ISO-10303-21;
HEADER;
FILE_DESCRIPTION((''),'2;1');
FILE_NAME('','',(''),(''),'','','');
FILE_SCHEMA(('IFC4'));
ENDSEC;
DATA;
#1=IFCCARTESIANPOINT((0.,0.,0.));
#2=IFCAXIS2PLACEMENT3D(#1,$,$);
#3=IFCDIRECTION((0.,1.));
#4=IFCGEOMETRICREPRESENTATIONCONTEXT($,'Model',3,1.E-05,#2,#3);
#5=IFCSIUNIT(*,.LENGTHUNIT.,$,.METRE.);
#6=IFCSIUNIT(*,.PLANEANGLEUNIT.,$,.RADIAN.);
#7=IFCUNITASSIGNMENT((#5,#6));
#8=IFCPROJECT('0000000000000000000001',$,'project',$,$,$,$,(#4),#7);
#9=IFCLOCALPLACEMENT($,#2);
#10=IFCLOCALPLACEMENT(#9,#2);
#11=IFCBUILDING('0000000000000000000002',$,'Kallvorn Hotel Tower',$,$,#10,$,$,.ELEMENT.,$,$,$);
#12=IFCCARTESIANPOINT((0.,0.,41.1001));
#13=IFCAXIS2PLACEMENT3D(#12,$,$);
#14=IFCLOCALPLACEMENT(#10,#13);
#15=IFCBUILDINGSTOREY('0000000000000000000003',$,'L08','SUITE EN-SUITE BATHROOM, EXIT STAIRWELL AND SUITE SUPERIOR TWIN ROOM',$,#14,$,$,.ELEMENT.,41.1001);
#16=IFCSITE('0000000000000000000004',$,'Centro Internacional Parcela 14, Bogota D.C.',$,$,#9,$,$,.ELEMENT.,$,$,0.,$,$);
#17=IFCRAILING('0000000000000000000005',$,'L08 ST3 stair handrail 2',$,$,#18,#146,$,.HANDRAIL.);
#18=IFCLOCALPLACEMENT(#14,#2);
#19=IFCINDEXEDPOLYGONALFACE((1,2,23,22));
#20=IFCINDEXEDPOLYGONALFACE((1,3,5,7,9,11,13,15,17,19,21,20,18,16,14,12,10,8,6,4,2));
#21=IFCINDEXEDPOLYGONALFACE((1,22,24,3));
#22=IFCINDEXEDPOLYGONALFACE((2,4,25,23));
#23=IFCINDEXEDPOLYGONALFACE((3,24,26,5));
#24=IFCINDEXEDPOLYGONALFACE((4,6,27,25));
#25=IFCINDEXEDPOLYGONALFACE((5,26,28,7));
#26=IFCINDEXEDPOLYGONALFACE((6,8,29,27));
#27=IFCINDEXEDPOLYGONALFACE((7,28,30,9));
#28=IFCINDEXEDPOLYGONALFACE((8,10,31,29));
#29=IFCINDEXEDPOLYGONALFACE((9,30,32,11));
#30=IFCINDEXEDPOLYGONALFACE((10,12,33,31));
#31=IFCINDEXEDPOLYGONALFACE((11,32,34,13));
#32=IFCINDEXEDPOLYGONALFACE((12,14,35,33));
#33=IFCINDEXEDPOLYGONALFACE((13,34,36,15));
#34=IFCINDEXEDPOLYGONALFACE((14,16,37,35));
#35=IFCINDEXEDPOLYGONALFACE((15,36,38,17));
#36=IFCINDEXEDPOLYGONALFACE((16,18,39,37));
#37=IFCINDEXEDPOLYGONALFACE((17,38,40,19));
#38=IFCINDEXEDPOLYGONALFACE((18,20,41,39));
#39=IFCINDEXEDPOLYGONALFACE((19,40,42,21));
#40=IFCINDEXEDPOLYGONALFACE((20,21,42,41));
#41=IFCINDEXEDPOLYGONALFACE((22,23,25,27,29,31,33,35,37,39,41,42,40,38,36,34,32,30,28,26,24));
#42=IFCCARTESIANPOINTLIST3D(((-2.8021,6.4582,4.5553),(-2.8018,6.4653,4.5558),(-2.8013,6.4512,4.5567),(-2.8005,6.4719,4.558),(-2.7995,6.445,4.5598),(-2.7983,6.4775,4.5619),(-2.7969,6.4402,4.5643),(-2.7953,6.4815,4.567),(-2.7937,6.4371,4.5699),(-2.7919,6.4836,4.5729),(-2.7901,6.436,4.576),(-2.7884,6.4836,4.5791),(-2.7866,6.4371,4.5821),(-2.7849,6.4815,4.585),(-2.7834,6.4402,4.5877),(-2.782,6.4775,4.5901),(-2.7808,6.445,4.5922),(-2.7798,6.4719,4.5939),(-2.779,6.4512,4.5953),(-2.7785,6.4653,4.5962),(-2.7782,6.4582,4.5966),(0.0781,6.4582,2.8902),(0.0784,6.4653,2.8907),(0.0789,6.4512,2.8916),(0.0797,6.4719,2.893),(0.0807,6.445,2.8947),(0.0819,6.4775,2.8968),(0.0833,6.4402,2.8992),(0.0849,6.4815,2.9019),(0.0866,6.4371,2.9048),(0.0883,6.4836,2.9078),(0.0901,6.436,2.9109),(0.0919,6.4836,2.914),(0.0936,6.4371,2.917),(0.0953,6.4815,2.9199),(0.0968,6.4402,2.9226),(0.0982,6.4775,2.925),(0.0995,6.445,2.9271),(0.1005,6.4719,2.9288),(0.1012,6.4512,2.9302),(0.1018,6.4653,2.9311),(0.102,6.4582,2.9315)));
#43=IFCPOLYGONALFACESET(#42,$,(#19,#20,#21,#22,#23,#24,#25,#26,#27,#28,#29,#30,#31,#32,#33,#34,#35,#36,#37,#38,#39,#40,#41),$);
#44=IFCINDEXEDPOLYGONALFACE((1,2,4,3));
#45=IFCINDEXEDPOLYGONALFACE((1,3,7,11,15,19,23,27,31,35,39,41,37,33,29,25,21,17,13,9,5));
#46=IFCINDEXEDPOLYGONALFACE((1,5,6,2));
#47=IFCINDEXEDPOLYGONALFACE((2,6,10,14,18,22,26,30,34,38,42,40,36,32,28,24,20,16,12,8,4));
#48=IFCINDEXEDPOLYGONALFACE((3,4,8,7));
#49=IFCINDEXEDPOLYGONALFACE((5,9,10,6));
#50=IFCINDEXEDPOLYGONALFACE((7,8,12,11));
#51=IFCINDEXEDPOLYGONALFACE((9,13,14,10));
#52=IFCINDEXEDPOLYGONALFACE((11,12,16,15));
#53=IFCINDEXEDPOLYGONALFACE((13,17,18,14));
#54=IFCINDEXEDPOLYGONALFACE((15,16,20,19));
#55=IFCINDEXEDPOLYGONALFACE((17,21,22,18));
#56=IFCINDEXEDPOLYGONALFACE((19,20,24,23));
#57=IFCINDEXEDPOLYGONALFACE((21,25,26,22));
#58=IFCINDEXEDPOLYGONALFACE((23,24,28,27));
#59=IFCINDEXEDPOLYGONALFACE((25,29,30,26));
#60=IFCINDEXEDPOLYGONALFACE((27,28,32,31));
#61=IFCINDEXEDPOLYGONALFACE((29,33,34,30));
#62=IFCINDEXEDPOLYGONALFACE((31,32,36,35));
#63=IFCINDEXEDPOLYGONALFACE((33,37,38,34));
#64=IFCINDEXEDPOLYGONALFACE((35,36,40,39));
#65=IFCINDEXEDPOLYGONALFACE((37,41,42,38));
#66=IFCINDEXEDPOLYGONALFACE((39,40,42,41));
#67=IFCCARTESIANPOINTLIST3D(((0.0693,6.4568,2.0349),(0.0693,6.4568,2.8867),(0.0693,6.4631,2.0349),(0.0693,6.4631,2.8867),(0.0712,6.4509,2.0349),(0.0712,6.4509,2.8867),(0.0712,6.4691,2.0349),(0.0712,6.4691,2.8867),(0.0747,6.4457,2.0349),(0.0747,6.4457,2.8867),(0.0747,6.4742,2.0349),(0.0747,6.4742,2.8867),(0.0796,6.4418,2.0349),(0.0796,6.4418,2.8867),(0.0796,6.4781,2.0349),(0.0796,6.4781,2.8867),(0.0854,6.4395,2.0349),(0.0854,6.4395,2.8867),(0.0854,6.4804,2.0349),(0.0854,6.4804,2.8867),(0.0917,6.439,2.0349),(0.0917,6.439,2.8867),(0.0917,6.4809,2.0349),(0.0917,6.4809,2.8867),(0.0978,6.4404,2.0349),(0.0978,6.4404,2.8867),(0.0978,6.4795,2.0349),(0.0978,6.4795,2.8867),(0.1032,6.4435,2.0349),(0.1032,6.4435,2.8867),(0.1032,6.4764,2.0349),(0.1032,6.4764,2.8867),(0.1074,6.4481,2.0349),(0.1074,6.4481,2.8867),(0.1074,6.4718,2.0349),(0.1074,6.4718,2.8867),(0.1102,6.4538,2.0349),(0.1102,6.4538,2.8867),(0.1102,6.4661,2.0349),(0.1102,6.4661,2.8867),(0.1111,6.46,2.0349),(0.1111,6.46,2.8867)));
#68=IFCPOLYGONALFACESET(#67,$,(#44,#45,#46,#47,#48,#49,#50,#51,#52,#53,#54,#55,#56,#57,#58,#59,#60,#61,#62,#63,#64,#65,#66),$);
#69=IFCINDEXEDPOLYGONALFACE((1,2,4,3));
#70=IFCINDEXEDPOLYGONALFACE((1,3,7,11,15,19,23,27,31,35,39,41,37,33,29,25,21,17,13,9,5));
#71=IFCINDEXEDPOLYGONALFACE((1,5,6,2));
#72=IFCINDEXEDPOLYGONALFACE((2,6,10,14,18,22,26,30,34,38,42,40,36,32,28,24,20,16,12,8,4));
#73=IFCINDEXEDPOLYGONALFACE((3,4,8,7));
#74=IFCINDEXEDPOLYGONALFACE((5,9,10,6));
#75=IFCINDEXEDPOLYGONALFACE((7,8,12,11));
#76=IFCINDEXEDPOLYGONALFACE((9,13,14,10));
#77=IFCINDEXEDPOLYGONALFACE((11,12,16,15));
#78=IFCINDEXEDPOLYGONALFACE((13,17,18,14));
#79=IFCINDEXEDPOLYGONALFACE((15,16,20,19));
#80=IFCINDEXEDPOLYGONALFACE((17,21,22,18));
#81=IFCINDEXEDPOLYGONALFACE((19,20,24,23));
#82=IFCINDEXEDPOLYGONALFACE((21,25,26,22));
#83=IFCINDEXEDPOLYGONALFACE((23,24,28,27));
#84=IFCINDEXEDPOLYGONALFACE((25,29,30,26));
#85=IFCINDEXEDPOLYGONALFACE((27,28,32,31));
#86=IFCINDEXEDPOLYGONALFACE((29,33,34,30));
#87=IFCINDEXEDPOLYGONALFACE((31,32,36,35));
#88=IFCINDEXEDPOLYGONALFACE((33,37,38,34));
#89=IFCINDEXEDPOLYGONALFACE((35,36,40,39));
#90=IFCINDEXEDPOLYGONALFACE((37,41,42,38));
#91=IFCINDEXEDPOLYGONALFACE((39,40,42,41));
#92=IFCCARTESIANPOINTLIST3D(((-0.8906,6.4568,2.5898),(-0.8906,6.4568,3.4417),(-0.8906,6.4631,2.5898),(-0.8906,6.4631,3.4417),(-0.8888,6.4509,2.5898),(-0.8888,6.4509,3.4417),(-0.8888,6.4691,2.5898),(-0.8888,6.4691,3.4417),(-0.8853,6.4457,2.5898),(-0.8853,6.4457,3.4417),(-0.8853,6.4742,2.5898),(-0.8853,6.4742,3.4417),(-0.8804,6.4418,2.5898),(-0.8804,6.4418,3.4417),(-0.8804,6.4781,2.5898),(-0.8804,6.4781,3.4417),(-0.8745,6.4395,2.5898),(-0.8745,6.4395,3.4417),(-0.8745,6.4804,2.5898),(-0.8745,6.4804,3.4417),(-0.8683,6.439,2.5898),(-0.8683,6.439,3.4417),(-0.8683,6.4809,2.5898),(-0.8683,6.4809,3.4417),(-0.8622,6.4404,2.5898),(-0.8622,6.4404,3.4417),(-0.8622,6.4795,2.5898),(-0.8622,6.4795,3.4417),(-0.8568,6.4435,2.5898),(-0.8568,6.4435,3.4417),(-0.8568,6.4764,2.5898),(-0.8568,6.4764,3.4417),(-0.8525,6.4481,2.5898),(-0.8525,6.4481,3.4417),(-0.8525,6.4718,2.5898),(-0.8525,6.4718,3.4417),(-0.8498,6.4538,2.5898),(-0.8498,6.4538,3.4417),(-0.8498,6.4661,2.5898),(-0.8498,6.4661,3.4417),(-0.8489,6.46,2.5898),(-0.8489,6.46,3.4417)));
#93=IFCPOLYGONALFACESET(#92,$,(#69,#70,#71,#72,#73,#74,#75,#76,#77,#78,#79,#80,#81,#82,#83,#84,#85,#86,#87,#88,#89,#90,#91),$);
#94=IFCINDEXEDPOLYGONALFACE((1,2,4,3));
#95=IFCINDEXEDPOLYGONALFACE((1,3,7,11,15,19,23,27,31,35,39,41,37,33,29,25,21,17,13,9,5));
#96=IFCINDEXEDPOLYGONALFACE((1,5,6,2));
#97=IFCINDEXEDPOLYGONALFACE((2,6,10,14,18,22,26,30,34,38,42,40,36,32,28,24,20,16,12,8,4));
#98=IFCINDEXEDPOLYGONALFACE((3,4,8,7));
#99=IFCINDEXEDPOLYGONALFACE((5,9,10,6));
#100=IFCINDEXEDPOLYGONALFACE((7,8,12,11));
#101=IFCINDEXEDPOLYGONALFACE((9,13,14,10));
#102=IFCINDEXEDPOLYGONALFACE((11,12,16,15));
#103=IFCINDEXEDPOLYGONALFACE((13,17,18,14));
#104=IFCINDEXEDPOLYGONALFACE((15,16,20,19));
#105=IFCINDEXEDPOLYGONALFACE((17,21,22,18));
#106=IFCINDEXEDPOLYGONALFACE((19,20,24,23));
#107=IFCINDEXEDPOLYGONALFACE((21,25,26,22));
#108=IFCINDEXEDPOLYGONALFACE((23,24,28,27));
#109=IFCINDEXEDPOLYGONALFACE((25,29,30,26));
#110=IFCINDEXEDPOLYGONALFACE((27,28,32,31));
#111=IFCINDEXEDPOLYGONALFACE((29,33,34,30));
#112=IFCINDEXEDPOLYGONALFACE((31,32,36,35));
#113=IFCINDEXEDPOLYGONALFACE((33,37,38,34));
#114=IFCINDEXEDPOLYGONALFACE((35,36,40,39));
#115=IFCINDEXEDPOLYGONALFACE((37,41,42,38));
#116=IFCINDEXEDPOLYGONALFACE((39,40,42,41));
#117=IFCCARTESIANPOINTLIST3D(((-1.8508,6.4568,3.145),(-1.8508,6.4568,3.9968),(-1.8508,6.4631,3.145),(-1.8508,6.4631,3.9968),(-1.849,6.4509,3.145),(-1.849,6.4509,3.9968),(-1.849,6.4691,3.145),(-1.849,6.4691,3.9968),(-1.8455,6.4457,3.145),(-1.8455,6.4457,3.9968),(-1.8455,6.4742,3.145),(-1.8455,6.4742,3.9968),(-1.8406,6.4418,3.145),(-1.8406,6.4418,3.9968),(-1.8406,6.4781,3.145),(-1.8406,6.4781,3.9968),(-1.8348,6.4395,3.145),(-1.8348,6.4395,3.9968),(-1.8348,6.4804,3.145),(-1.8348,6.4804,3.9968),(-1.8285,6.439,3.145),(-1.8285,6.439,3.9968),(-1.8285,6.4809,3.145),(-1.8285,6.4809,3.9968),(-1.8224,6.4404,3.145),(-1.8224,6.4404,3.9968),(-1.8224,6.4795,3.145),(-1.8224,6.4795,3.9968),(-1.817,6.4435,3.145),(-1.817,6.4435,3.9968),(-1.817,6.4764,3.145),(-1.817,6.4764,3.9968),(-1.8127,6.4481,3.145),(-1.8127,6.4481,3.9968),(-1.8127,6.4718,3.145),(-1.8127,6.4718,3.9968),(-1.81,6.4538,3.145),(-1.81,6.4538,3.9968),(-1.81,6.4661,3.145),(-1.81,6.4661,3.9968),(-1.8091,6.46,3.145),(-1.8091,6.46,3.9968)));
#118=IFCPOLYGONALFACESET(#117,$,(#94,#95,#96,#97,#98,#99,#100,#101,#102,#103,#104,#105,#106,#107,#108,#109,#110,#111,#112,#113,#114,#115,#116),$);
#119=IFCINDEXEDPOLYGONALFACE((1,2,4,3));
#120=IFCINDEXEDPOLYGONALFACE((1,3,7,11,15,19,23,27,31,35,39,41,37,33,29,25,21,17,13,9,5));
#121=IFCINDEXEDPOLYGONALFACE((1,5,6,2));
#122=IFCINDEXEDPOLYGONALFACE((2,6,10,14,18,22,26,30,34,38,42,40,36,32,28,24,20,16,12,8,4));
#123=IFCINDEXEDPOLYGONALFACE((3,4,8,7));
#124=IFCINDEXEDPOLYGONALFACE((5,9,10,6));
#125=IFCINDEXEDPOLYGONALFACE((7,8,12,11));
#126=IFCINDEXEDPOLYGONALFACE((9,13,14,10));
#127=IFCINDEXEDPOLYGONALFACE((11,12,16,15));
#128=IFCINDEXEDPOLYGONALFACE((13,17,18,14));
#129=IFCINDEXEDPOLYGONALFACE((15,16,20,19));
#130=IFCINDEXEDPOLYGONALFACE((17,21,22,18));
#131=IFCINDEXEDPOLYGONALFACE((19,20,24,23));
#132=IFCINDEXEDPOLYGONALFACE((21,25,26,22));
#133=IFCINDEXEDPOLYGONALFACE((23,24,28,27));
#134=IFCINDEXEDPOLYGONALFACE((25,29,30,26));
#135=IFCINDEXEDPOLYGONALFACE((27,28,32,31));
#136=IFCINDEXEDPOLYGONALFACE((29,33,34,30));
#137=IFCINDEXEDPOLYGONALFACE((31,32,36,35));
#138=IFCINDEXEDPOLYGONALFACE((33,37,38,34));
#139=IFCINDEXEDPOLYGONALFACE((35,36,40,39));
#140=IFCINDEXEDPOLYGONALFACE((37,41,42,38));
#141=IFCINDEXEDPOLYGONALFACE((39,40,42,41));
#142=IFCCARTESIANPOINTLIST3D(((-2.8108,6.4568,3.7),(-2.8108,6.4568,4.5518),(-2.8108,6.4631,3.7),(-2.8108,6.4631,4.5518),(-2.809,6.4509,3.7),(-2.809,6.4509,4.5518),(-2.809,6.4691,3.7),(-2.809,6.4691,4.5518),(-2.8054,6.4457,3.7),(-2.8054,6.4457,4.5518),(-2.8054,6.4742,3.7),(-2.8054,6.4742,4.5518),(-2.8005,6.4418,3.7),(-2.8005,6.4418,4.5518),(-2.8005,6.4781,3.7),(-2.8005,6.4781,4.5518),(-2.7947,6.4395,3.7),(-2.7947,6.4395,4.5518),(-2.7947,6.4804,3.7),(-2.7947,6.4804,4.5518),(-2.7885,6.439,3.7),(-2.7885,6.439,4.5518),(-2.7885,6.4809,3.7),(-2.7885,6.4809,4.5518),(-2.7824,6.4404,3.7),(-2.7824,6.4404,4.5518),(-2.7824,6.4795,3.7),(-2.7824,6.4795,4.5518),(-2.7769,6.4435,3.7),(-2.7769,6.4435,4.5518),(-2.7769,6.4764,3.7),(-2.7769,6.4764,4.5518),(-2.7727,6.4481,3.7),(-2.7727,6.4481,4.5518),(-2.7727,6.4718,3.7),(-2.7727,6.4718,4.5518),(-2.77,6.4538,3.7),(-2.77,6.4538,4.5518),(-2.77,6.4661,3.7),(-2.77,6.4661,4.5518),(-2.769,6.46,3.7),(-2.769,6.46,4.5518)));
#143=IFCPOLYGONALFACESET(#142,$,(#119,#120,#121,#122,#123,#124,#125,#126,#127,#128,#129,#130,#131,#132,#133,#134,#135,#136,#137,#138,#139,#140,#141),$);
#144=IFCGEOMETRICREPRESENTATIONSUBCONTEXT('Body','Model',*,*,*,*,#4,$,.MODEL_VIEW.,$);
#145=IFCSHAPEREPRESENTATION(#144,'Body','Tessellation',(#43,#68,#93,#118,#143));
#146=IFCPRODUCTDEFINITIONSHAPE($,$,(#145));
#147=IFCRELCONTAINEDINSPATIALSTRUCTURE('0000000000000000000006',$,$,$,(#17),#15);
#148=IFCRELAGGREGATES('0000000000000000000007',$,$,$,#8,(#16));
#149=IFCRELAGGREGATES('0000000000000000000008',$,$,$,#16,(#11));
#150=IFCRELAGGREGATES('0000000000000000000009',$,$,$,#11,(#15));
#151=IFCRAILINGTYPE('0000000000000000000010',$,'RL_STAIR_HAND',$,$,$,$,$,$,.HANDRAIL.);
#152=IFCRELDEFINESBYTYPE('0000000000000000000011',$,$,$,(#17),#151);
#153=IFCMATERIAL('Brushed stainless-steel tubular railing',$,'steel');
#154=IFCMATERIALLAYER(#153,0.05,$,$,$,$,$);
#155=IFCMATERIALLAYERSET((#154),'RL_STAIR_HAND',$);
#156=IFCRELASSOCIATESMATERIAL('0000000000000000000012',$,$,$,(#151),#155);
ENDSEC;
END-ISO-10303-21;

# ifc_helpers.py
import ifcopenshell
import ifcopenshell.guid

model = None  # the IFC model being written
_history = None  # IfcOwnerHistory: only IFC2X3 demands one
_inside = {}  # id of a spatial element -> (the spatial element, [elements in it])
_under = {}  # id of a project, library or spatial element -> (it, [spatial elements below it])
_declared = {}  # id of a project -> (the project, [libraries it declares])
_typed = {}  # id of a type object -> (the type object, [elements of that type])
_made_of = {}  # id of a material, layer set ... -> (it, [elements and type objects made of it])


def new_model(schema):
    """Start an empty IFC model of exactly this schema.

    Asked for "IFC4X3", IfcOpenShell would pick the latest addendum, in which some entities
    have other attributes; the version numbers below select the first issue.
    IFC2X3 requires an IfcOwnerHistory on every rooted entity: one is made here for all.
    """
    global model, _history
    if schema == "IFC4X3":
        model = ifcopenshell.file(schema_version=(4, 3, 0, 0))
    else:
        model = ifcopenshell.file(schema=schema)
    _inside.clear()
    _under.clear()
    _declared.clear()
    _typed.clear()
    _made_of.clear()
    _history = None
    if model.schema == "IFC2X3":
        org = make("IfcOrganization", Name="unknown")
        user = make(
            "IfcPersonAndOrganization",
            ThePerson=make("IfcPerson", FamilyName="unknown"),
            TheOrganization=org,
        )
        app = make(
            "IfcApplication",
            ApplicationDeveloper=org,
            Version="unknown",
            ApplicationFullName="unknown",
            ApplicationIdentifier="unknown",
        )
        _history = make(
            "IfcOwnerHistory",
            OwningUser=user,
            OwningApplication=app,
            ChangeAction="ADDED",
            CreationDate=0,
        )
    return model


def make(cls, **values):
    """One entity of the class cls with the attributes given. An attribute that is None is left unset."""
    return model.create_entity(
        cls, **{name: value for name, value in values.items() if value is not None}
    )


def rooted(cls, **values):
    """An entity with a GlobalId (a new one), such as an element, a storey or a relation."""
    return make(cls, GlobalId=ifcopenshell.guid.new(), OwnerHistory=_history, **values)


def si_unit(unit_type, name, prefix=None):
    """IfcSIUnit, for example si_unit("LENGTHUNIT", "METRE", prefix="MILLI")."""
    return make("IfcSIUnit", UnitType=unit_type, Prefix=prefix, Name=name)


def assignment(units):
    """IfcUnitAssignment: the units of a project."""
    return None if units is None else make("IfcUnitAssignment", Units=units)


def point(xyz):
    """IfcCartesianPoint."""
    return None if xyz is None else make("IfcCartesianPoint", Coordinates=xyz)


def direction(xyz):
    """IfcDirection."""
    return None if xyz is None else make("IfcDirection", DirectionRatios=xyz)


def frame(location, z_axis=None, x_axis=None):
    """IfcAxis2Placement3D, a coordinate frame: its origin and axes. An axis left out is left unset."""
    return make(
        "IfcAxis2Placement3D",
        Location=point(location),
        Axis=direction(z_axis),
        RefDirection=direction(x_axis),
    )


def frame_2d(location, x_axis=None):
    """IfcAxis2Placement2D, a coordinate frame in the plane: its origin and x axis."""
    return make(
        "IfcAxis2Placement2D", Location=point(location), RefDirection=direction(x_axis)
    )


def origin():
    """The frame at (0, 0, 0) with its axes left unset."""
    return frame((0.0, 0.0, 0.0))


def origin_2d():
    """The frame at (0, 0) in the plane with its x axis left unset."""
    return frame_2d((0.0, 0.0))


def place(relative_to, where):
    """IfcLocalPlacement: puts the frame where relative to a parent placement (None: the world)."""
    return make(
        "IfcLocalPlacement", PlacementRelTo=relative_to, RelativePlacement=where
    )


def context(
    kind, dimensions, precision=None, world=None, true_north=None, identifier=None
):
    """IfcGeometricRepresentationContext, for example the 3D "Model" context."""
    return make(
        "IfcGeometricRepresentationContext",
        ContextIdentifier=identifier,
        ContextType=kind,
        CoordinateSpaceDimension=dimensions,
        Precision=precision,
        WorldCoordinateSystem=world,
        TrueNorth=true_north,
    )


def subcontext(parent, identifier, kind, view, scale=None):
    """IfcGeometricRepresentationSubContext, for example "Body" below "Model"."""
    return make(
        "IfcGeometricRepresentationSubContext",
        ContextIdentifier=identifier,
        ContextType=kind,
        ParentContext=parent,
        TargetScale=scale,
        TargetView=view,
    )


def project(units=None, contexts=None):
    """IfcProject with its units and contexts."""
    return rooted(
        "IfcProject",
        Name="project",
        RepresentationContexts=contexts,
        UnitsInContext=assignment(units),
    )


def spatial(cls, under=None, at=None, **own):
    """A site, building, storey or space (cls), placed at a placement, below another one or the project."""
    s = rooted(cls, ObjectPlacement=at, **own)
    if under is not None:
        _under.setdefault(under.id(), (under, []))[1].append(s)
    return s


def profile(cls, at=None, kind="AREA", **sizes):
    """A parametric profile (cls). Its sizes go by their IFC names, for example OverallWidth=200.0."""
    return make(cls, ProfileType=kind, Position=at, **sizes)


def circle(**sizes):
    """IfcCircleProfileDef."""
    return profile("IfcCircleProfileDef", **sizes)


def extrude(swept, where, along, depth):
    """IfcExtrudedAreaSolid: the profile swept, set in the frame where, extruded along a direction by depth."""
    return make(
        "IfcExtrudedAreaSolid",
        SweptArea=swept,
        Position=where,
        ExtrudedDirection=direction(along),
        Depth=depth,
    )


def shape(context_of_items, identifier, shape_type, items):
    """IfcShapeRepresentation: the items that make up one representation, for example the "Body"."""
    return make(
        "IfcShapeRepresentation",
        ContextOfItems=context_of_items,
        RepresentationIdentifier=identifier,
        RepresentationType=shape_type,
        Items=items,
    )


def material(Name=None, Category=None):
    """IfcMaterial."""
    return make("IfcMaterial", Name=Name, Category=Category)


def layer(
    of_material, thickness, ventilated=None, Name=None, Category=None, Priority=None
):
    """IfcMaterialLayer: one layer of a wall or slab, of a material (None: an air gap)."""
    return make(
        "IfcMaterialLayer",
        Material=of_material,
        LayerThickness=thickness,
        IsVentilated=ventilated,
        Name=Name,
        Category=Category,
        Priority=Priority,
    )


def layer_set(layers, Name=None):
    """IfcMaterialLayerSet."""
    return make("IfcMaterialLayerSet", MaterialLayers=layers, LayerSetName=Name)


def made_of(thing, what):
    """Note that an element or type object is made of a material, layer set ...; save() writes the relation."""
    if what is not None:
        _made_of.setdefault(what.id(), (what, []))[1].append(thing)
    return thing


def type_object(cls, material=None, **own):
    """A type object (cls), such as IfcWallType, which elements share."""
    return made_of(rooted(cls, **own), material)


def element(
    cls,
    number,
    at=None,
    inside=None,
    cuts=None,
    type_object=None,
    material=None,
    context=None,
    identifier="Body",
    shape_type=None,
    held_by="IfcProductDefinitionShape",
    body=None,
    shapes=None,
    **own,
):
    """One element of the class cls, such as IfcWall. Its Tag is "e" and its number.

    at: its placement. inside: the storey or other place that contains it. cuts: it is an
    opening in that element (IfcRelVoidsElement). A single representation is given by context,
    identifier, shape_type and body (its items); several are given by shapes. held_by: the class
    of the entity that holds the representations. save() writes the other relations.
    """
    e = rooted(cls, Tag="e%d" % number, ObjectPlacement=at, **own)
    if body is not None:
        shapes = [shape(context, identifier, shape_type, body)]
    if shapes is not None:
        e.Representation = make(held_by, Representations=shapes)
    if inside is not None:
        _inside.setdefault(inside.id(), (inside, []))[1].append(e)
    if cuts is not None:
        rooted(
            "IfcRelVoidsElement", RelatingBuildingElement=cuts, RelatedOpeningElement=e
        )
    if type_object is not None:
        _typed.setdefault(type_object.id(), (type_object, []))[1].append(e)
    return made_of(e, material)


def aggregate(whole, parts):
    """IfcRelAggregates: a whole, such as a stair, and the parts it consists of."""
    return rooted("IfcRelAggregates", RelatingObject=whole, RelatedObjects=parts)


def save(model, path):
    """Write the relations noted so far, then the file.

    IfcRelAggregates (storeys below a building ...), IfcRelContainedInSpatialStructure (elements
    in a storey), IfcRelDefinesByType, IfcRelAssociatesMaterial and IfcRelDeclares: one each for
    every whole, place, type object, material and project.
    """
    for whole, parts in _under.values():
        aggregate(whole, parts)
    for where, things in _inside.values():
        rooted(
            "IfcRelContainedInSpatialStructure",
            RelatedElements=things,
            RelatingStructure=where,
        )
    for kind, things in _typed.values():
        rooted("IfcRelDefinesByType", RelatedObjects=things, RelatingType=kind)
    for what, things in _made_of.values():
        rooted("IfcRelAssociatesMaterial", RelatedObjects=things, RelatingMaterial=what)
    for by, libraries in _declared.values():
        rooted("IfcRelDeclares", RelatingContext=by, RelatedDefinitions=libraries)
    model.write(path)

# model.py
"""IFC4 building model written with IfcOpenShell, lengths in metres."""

from ifc_helpers import new_model, si_unit, direction, frame, origin, origin_2d, place, context, subcontext, project, spatial, circle, extrude, material, layer, layer_set, type_object, element, save


model = new_model("IFC4")

# Units and contexts
model_context = context("Model", 3, precision=1e-05, world=origin(), true_north=direction((0.0, 1.0)))
body_context = subcontext(model_context, "Body", "Model", "MODEL_VIEW")
ifc_project = project(units=[si_unit("LENGTHUNIT", "METRE"), si_unit("PLANEANGLEUNIT", "RADIAN")], contexts=[model_context])

# Site, building, storey
site_placement = place(None, origin())
site = spatial("IfcSite", under=ifc_project, at=site_placement, Name="Centro Internacional Parcela 14, Bogota D.C.", CompositionType="ELEMENT", RefElevation=0.0)
building_placement = place(site_placement, origin())
building = spatial("IfcBuilding", under=site, at=building_placement, Name="Kallvorn Hotel Tower", CompositionType="ELEMENT")
storey_placement = place(building_placement, frame((0.0, 0.0, 41.1001)))
storey = spatial("IfcBuildingStorey", under=building, at=storey_placement, Name="L08", Description="SUITE EN-SUITE BATHROOM, EXIT STAIRWELL AND SUITE SUPERIOR TWIN ROOM", CompositionType="ELEMENT", Elevation=41.1001)

# Railing
ifc_material_1 = material(Name="Brushed stainless-steel tubular railing", Category="steel")
ifc_layer_1 = layer(ifc_material_1, 0.05)
ifc_layer_set_1 = layer_set([ifc_layer_1], Name="RL_STAIR_HAND")
railing_type_1 = type_object("IfcRailingType", Name="RL_STAIR_HAND", PredefinedType="HANDRAIL", material=ifc_layer_set_1)
railing_1_placement = place(storey_placement, frame((0.0901, 6.46, 2.0349)))
element("IfcRailing", 1, at=railing_1_placement, inside=storey, type_object=railing_type_1, Name="L08 ST3 stair handrail 2", PredefinedType="HANDRAIL", context=body_context, shape_type="SweptSolid", body=[
    extrude(circle(Radius=0.0239, at=origin_2d()), frame((0.0, 0.0, 0.876), z_axis=(-0.865739, 0.0, 0.500495), x_axis=(0.0, -1.0, 0.0)), (0.0, 0.0, 1.0), 3.3269),
    extrude(circle(Radius=0.021, at=origin_2d()), origin(), (0.0, 0.0, 1.0), 0.8518),
    extrude(circle(Radius=0.021, at=origin_2d()), frame((-0.96, 0.0, 0.5549)), (0.0, 0.0, 1.0), 0.8518),
    extrude(circle(Radius=0.021, at=origin_2d()), frame((-1.9202, 0.0, 1.1101)), (0.0, 0.0, 1.0), 0.8518),
    extrude(circle(Radius=0.021, at=origin_2d()), frame((-2.8801, 0.0, 1.665)), (0.0, 0.0, 1.0), 0.8518),
])

save(model, "model.ifc")
